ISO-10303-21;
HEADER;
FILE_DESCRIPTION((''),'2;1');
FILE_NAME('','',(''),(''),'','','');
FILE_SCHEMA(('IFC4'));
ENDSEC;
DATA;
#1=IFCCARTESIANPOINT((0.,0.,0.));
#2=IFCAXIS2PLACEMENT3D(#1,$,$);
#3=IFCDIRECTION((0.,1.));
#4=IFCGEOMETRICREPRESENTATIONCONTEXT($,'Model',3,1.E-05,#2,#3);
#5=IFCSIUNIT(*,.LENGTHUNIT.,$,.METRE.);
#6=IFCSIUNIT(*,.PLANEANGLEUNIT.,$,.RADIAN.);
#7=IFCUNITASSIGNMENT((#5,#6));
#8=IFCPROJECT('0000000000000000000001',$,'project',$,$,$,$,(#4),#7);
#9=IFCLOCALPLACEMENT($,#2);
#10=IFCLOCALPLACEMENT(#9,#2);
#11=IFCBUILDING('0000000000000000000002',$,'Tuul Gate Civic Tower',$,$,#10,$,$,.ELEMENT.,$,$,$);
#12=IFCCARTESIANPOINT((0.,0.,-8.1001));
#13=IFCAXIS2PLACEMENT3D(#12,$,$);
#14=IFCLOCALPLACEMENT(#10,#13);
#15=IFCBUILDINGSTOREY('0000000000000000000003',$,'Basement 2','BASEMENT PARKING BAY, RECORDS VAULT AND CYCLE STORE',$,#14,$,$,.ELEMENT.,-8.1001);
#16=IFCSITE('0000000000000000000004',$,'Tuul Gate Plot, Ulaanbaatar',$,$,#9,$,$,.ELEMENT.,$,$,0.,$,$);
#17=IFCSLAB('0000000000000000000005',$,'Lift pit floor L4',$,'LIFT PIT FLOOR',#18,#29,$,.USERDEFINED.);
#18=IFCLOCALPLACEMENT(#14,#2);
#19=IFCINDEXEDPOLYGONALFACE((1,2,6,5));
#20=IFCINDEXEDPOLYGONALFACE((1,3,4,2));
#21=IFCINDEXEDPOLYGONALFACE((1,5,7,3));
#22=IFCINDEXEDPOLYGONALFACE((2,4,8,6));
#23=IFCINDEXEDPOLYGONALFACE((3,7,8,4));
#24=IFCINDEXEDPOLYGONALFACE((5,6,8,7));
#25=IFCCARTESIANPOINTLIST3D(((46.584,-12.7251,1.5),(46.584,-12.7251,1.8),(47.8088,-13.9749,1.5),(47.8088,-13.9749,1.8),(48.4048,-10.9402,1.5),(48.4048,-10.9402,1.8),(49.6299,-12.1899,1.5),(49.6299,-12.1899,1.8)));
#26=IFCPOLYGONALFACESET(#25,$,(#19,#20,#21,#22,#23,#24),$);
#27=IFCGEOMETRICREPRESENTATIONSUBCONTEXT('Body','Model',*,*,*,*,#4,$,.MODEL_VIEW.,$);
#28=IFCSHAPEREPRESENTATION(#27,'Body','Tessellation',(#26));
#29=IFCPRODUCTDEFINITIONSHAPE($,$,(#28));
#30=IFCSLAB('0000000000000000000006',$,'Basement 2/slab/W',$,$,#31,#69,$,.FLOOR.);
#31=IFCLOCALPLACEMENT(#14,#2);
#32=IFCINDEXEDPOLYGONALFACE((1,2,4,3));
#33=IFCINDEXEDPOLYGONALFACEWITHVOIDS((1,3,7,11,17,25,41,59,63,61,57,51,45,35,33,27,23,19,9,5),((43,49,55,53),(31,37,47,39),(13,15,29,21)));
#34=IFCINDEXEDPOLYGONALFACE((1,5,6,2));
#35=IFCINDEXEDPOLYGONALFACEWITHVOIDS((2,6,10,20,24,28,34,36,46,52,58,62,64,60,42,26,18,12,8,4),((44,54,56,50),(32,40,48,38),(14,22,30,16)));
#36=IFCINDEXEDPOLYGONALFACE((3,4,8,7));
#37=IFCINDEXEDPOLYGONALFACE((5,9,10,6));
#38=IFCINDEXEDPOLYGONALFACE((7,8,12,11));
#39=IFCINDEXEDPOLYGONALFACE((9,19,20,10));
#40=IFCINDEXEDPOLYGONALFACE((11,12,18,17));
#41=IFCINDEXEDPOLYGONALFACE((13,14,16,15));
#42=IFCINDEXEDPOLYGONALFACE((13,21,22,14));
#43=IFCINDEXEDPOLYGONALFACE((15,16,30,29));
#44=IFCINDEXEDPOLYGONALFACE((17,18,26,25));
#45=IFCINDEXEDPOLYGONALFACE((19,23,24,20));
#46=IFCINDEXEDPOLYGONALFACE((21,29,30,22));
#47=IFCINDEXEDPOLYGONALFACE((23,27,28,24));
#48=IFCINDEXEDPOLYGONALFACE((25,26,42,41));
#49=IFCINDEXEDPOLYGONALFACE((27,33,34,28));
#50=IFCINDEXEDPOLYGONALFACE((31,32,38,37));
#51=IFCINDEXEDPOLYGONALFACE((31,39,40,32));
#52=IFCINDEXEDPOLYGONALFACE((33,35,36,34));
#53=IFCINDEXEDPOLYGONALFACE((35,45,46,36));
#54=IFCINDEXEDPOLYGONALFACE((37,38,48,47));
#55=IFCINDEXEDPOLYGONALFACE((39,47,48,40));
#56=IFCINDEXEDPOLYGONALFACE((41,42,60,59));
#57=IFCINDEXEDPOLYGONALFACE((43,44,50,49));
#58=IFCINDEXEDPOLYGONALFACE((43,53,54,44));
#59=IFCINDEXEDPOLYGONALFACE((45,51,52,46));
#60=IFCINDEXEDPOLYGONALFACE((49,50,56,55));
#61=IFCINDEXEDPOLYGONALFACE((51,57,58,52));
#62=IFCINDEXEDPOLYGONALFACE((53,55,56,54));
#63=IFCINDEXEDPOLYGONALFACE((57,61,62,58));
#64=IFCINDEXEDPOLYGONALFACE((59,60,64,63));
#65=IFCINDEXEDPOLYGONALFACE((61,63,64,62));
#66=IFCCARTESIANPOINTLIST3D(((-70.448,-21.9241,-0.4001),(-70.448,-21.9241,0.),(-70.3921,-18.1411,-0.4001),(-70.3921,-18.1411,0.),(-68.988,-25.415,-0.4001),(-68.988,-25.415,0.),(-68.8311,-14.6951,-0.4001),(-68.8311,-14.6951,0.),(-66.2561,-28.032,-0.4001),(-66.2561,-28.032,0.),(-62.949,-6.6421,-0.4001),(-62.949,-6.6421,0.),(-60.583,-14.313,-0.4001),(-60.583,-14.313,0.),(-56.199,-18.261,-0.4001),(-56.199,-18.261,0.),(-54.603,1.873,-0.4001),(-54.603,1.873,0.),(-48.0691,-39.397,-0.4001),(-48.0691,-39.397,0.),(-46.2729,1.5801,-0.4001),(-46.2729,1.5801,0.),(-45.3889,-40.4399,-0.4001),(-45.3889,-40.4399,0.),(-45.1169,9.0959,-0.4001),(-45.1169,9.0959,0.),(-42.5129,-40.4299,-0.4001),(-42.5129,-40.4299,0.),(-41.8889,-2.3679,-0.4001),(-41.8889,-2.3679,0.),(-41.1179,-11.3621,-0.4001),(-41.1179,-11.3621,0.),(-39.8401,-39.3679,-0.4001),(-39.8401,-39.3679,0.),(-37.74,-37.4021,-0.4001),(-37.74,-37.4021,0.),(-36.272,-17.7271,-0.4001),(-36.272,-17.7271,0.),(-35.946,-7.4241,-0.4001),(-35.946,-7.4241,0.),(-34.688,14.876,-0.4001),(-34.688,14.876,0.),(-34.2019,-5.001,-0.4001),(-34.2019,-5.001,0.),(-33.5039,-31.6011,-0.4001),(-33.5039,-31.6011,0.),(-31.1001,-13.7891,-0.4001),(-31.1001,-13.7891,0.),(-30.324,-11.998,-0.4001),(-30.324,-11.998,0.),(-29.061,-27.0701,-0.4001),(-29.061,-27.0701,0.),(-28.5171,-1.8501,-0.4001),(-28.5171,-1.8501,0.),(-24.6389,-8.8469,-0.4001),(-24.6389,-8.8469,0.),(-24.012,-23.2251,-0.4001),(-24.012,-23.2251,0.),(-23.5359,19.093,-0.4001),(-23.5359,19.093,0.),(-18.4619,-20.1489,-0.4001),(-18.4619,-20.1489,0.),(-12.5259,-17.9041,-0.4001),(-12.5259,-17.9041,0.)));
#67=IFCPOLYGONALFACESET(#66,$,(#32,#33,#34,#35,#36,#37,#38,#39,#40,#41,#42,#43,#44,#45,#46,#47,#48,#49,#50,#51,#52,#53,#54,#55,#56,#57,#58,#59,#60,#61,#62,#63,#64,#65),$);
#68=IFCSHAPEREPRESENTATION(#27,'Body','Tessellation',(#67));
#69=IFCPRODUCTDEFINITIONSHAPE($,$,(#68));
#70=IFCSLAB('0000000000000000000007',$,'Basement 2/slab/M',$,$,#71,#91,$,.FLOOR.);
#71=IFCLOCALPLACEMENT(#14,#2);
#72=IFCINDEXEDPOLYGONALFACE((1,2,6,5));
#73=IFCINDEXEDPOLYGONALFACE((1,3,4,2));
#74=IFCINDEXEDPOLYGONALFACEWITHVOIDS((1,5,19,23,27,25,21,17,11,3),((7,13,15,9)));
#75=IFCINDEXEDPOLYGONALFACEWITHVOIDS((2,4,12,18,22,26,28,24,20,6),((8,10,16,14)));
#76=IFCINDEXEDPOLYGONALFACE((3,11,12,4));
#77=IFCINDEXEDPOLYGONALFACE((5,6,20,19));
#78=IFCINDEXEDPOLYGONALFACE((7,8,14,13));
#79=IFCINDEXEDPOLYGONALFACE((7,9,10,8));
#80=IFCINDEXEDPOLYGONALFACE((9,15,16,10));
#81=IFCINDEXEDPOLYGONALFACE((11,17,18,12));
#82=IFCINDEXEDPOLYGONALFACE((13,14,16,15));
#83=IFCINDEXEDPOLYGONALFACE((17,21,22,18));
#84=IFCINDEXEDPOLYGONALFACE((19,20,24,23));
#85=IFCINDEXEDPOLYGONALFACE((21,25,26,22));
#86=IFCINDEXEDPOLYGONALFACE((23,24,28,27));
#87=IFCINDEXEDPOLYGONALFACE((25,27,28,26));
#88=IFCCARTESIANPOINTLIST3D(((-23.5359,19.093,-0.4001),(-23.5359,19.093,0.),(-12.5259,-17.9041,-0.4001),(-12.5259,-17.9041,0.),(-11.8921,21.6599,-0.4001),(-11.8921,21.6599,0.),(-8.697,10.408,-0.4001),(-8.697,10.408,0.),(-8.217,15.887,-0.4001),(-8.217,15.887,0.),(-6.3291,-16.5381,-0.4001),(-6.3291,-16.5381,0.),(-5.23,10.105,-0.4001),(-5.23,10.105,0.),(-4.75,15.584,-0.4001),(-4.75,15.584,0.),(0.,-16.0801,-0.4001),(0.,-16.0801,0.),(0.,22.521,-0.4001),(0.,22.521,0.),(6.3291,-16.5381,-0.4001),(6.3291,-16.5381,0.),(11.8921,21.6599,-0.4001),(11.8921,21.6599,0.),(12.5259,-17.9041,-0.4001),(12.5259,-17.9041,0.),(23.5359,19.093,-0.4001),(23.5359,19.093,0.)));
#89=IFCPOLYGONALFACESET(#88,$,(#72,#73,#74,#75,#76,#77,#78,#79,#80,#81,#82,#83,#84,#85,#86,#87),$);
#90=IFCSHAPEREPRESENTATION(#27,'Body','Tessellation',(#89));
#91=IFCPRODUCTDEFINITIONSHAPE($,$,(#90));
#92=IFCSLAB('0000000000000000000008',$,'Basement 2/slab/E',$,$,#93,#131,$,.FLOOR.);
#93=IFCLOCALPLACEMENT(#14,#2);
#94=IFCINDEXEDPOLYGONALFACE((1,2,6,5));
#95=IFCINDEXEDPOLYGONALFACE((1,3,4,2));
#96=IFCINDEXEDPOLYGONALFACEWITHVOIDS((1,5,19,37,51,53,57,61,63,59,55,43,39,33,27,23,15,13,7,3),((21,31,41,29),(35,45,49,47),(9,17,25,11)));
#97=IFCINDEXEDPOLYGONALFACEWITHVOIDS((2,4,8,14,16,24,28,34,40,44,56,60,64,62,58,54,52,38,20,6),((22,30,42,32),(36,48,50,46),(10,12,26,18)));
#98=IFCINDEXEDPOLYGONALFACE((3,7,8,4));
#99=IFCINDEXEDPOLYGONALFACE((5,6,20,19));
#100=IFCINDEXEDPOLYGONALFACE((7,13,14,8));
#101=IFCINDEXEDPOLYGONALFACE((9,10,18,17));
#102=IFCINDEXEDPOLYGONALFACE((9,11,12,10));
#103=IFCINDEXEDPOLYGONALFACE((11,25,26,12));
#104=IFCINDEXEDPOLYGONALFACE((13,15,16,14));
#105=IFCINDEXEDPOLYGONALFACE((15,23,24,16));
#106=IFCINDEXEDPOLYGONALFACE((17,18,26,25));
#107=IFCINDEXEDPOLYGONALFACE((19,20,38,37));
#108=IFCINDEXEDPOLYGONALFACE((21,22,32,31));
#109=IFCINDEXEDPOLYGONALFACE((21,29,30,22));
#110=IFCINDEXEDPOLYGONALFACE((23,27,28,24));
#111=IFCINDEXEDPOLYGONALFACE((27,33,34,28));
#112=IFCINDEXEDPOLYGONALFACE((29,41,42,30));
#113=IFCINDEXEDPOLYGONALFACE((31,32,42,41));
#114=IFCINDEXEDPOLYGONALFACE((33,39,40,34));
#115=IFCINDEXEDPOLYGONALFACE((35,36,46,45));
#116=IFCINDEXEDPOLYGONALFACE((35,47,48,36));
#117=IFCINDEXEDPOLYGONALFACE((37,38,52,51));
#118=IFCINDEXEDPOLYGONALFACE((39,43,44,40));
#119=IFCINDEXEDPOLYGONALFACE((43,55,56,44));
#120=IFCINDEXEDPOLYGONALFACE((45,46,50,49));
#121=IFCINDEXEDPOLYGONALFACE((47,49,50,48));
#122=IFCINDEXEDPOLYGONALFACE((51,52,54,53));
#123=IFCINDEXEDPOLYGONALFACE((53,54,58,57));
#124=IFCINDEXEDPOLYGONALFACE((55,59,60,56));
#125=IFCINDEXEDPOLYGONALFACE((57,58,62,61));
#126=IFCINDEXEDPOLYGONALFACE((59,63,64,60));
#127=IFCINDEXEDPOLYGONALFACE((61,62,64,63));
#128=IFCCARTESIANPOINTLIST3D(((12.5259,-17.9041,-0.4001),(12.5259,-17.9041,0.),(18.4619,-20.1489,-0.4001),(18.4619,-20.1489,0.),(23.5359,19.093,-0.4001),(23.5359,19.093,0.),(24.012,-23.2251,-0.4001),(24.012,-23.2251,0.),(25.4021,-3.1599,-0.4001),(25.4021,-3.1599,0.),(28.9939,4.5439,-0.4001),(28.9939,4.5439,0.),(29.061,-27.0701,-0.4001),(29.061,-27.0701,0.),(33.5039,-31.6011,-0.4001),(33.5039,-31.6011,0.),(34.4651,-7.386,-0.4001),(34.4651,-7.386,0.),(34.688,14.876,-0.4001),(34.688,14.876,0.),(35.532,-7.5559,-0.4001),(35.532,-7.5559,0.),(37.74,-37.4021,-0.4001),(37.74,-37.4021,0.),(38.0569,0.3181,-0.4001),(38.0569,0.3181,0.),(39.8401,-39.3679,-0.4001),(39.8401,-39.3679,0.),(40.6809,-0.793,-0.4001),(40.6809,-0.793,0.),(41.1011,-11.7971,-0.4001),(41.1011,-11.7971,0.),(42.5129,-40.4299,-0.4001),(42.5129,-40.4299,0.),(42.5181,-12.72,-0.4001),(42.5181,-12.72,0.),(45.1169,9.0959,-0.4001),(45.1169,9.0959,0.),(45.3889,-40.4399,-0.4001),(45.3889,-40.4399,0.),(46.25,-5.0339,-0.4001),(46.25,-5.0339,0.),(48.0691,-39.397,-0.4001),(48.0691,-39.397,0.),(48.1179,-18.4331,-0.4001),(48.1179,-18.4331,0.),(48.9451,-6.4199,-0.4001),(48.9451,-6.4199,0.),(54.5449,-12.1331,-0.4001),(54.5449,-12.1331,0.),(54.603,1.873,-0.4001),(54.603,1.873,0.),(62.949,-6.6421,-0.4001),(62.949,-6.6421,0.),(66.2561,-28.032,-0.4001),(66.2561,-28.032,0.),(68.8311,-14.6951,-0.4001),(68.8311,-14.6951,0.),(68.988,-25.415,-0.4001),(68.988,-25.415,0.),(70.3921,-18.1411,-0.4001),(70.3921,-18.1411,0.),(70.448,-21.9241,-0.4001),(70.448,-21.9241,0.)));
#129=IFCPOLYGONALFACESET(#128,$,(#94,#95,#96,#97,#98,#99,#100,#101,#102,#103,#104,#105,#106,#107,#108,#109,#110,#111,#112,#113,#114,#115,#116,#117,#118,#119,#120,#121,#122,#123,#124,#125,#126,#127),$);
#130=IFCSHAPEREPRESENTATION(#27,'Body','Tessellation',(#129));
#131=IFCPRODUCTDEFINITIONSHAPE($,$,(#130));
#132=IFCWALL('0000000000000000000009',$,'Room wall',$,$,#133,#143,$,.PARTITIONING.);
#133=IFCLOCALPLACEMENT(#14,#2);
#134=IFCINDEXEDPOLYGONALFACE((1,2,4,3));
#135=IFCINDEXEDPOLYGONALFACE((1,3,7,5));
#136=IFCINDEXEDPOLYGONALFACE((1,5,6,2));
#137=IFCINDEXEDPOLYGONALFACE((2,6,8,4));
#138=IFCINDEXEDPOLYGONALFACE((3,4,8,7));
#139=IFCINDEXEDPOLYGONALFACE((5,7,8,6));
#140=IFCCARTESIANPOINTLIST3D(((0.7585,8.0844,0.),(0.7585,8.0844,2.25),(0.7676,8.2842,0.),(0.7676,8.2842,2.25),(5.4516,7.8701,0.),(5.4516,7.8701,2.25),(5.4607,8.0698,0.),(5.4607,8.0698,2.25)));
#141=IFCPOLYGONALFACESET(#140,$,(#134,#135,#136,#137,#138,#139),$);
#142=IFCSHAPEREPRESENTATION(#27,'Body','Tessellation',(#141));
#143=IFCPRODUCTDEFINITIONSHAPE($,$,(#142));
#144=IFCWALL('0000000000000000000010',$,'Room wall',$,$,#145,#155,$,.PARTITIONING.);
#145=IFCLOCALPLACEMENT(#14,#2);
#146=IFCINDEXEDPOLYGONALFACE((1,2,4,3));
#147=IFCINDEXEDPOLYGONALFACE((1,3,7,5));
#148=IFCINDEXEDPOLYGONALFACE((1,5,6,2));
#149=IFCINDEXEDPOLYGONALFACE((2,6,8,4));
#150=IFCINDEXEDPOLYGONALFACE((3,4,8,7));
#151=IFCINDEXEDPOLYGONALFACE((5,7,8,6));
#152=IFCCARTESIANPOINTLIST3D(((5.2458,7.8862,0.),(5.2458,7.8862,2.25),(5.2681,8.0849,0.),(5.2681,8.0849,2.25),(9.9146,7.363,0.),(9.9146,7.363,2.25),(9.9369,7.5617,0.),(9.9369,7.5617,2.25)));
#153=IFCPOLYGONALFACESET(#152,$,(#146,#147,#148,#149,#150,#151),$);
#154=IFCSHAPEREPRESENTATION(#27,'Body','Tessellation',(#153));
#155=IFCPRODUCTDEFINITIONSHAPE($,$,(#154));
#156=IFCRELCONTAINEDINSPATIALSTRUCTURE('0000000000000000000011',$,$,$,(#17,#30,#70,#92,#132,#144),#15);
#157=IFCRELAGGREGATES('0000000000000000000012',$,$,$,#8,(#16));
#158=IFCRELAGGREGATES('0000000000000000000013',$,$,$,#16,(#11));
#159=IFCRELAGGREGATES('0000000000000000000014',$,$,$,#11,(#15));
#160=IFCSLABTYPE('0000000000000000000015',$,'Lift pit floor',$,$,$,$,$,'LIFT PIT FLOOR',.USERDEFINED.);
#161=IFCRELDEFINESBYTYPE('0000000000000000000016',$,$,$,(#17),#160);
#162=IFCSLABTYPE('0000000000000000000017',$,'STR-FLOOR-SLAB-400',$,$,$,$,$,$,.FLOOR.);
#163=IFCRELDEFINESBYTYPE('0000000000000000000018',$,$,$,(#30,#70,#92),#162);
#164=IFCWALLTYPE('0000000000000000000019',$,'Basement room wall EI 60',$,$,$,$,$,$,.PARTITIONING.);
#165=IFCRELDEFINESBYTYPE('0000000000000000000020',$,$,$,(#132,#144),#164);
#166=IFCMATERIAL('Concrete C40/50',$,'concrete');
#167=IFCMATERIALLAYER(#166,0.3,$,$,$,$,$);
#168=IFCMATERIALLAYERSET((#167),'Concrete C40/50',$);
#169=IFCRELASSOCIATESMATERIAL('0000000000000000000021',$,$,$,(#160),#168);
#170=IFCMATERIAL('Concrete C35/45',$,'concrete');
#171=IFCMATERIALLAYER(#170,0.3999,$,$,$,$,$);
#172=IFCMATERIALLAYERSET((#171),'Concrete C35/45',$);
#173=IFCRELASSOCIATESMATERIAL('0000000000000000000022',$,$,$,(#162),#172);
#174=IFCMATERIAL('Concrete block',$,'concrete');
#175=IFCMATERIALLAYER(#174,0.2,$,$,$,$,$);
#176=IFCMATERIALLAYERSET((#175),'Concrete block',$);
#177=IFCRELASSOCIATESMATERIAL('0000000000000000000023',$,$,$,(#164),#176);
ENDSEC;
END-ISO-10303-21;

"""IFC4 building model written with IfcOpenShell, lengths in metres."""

from ifc_helpers import new_model, si_unit, direction, frame, frame_2d, origin, place, context, subcontext, project, spatial, polyline, rectangle, outline, extrude, material, layer, layer_set, type_object, element, save


model = new_model("IFC4")

# Units and contexts
model_context = context("Model", 3, precision=1e-05, world=origin(), true_north=direction((0.0, 1.0)))
body_context = subcontext(model_context, "Body", "Model", "MODEL_VIEW")
ifc_project = project(units=[si_unit("LENGTHUNIT", "METRE"), si_unit("PLANEANGLEUNIT", "RADIAN")], contexts=[model_context])

# Site, building, storey
site_placement = place(None, origin())
site = spatial("IfcSite", under=ifc_project, at=site_placement, Name="Tuul Gate Plot, Ulaanbaatar", CompositionType="ELEMENT", RefElevation=0.0)
building_placement = place(site_placement, origin())
building = spatial("IfcBuilding", under=site, at=building_placement, Name="Tuul Gate Civic Tower", CompositionType="ELEMENT")
storey_placement = place(building_placement, frame((0.0, 0.0, -8.1001)))
storey = spatial("IfcBuildingStorey", under=building, at=storey_placement, Name="Basement 2", Description="BASEMENT PARKING BAY, RECORDS VAULT AND CYCLE STORE", CompositionType="ELEMENT", Elevation=-8.1001)

# Slabs
ifc_material_1 = material(Name="Concrete C40/50", Category="concrete")
ifc_layer_1 = layer(ifc_material_1, 0.3)
ifc_layer_set_1 = layer_set([ifc_layer_1], Name="Concrete C40/50")
slab_type_1 = type_object("IfcSlabType", Name="Lift pit floor", ElementType="LIFT PIT FLOOR", PredefinedType="USERDEFINED", material=ifc_layer_set_1)
slab_1_placement = place(storey_placement, frame((0.0, 0.0, 1.5)))
element("IfcSlab", 1, at=slab_1_placement, inside=storey, type_object=slab_type_1, Name="Lift pit floor L4", ObjectType="LIFT PIT FLOOR", PredefinedType="USERDEFINED", context=body_context, shape_type="SweptSolid", body=[
    extrude(outline(polyline([(47.8088, -13.9749), (49.6299, -12.1899), (48.4048, -10.9402), (46.584, -12.7251), (47.8088, -13.9749)])), origin(), (0.0, 0.0, 1.0), 0.3),
])
ifc_material_2 = material(Name="Concrete C35/45", Category="concrete")
ifc_layer_2 = layer(ifc_material_2, 0.3999)
ifc_layer_set_2 = layer_set([ifc_layer_2], Name="Concrete C35/45")
slab_type_2 = type_object("IfcSlabType", Name="STR-FLOOR-SLAB-400", PredefinedType="FLOOR", material=ifc_layer_set_2)
slab_2_placement = place(storey_placement, frame((0.0, 0.0, -0.4001)))
element("IfcSlab", 2, at=slab_2_placement, inside=storey, type_object=slab_type_2, Name="Basement 2/slab/W", PredefinedType="FLOOR", context=body_context, shape_type="SweptSolid", body=[
    extrude(outline(polyline([(-18.4619, -20.1489), (-12.5259, -17.9041), (-23.5359, 19.093), (-34.688, 14.876), (-45.1169, 9.0959), (-54.603, 1.873), (-62.949, -6.6421), (-68.8311, -14.6951), (-70.3921, -18.1411), (-70.448, -21.9241), (-68.988, -25.415), (-66.2561, -28.032), (-48.0691, -39.397), (-45.3889, -40.4399), (-42.5129, -40.4299), (-39.8401, -39.3679), (-37.74, -37.4021), (-33.5039, -31.6011), (-29.061, -27.0701), (-24.012, -23.2251), (-18.4619, -20.1489)]), holes=[polyline([(-31.1001, -13.7891), (-36.272, -17.7271), (-41.1179, -11.3621), (-35.946, -7.4241), (-31.1001, -13.7891)]), polyline([(-60.583, -14.313), (-46.2729, 1.5801), (-41.8889, -2.3679), (-56.199, -18.261), (-60.583, -14.313)]), polyline([(-30.324, -11.998), (-34.2019, -5.001), (-28.5171, -1.8501), (-24.6389, -8.8469), (-30.324, -11.998)])]), origin(), (0.0, 0.0, 1.0), 0.4001),
])
slab_3_placement = place(storey_placement, frame((0.0, 0.0, -0.4001)))
element("IfcSlab", 3, at=slab_3_placement, inside=storey, type_object=slab_type_2, Name="Basement 2/slab/M", PredefinedType="FLOOR", context=body_context, shape_type="SweptSolid", body=[
    extrude(outline(polyline([(12.5259, -17.9041), (23.5359, 19.093), (11.8921, 21.6599), (0.0, 22.521), (-11.8921, 21.6599), (-23.5359, 19.093), (-12.5259, -17.9041), (-6.3291, -16.5381), (0.0, -16.0801), (6.3291, -16.5381), (12.5259, -17.9041)]), holes=[polyline([(-8.217, 15.887), (-4.75, 15.584), (-5.23, 10.105), (-8.697, 10.408), (-8.217, 15.887)])]), origin(), (0.0, 0.0, 1.0), 0.4001),
])
slab_4_placement = place(storey_placement, frame((0.0, 0.0, -0.4001)))
element("IfcSlab", 4, at=slab_4_placement, inside=storey, type_object=slab_type_2, Name="Basement 2/slab/E", PredefinedType="FLOOR", context=body_context, shape_type="SweptSolid", body=[
    extrude(outline(polyline([(45.3889, -40.4399), (48.0691, -39.397), (66.2561, -28.032), (68.988, -25.415), (70.448, -21.9241), (70.3921, -18.1411), (68.8311, -14.6951), (62.949, -6.6421), (54.603, 1.873), (45.1169, 9.0959), (34.688, 14.876), (23.5359, 19.093), (12.5259, -17.9041), (18.4619, -20.1489), (24.012, -23.2251), (29.061, -27.0701), (33.5039, -31.6011), (37.74, -37.4021), (39.8401, -39.3679), (42.5129, -40.4299), (45.3889, -40.4399)]), holes=[polyline([(42.5181, -12.72), (48.9451, -6.4199), (54.5449, -12.1331), (48.1179, -18.4331), (42.5181, -12.72)]), polyline([(35.532, -7.5559), (40.6809, -0.793), (46.25, -5.0339), (41.1011, -11.7971), (35.532, -7.5559)]), polyline([(25.4021, -3.1599), (28.9939, 4.5439), (38.0569, 0.3181), (34.4651, -7.386), (25.4021, -3.1599)])]), origin(), (0.0, 0.0, 1.0), 0.4001),
])

# Walls
ifc_material_3 = material(Name="Concrete block", Category="concrete")
ifc_layer_3 = layer(ifc_material_3, 0.2)
ifc_layer_set_3 = layer_set([ifc_layer_3], Name="Concrete block")
wall_type_1 = type_object("IfcWallType", Name="Basement room wall EI 60", PredefinedType="PARTITIONING", material=ifc_layer_set_3)
for number, where, z_axis, x_axis, name in (
    (5, (0.7629, 8.1843, 0.0), (0.0, 0.0, 1.0), (0.998959, -0.045627, 0.0), "Room wall"),
    (6, (5.2568, 7.9856, 0.0), (0.0, 0.0, 1.0), (0.993779, -0.111367, 0.0), "Room wall"),
):
    element("IfcWall", number, at=place(storey_placement, frame(where, z_axis=z_axis, x_axis=x_axis)), inside=storey, type_object=wall_type_1, Name=name, PredefinedType="PARTITIONING", context=body_context, shape_type="SweptSolid", body=[
        extrude(rectangle(XDim=4.698, YDim=0.2, at=frame_2d((2.3491, 0.0))), origin(), (0.0, 0.0, 1.0), 2.25),
    ])

save(model, "model.ifc")
